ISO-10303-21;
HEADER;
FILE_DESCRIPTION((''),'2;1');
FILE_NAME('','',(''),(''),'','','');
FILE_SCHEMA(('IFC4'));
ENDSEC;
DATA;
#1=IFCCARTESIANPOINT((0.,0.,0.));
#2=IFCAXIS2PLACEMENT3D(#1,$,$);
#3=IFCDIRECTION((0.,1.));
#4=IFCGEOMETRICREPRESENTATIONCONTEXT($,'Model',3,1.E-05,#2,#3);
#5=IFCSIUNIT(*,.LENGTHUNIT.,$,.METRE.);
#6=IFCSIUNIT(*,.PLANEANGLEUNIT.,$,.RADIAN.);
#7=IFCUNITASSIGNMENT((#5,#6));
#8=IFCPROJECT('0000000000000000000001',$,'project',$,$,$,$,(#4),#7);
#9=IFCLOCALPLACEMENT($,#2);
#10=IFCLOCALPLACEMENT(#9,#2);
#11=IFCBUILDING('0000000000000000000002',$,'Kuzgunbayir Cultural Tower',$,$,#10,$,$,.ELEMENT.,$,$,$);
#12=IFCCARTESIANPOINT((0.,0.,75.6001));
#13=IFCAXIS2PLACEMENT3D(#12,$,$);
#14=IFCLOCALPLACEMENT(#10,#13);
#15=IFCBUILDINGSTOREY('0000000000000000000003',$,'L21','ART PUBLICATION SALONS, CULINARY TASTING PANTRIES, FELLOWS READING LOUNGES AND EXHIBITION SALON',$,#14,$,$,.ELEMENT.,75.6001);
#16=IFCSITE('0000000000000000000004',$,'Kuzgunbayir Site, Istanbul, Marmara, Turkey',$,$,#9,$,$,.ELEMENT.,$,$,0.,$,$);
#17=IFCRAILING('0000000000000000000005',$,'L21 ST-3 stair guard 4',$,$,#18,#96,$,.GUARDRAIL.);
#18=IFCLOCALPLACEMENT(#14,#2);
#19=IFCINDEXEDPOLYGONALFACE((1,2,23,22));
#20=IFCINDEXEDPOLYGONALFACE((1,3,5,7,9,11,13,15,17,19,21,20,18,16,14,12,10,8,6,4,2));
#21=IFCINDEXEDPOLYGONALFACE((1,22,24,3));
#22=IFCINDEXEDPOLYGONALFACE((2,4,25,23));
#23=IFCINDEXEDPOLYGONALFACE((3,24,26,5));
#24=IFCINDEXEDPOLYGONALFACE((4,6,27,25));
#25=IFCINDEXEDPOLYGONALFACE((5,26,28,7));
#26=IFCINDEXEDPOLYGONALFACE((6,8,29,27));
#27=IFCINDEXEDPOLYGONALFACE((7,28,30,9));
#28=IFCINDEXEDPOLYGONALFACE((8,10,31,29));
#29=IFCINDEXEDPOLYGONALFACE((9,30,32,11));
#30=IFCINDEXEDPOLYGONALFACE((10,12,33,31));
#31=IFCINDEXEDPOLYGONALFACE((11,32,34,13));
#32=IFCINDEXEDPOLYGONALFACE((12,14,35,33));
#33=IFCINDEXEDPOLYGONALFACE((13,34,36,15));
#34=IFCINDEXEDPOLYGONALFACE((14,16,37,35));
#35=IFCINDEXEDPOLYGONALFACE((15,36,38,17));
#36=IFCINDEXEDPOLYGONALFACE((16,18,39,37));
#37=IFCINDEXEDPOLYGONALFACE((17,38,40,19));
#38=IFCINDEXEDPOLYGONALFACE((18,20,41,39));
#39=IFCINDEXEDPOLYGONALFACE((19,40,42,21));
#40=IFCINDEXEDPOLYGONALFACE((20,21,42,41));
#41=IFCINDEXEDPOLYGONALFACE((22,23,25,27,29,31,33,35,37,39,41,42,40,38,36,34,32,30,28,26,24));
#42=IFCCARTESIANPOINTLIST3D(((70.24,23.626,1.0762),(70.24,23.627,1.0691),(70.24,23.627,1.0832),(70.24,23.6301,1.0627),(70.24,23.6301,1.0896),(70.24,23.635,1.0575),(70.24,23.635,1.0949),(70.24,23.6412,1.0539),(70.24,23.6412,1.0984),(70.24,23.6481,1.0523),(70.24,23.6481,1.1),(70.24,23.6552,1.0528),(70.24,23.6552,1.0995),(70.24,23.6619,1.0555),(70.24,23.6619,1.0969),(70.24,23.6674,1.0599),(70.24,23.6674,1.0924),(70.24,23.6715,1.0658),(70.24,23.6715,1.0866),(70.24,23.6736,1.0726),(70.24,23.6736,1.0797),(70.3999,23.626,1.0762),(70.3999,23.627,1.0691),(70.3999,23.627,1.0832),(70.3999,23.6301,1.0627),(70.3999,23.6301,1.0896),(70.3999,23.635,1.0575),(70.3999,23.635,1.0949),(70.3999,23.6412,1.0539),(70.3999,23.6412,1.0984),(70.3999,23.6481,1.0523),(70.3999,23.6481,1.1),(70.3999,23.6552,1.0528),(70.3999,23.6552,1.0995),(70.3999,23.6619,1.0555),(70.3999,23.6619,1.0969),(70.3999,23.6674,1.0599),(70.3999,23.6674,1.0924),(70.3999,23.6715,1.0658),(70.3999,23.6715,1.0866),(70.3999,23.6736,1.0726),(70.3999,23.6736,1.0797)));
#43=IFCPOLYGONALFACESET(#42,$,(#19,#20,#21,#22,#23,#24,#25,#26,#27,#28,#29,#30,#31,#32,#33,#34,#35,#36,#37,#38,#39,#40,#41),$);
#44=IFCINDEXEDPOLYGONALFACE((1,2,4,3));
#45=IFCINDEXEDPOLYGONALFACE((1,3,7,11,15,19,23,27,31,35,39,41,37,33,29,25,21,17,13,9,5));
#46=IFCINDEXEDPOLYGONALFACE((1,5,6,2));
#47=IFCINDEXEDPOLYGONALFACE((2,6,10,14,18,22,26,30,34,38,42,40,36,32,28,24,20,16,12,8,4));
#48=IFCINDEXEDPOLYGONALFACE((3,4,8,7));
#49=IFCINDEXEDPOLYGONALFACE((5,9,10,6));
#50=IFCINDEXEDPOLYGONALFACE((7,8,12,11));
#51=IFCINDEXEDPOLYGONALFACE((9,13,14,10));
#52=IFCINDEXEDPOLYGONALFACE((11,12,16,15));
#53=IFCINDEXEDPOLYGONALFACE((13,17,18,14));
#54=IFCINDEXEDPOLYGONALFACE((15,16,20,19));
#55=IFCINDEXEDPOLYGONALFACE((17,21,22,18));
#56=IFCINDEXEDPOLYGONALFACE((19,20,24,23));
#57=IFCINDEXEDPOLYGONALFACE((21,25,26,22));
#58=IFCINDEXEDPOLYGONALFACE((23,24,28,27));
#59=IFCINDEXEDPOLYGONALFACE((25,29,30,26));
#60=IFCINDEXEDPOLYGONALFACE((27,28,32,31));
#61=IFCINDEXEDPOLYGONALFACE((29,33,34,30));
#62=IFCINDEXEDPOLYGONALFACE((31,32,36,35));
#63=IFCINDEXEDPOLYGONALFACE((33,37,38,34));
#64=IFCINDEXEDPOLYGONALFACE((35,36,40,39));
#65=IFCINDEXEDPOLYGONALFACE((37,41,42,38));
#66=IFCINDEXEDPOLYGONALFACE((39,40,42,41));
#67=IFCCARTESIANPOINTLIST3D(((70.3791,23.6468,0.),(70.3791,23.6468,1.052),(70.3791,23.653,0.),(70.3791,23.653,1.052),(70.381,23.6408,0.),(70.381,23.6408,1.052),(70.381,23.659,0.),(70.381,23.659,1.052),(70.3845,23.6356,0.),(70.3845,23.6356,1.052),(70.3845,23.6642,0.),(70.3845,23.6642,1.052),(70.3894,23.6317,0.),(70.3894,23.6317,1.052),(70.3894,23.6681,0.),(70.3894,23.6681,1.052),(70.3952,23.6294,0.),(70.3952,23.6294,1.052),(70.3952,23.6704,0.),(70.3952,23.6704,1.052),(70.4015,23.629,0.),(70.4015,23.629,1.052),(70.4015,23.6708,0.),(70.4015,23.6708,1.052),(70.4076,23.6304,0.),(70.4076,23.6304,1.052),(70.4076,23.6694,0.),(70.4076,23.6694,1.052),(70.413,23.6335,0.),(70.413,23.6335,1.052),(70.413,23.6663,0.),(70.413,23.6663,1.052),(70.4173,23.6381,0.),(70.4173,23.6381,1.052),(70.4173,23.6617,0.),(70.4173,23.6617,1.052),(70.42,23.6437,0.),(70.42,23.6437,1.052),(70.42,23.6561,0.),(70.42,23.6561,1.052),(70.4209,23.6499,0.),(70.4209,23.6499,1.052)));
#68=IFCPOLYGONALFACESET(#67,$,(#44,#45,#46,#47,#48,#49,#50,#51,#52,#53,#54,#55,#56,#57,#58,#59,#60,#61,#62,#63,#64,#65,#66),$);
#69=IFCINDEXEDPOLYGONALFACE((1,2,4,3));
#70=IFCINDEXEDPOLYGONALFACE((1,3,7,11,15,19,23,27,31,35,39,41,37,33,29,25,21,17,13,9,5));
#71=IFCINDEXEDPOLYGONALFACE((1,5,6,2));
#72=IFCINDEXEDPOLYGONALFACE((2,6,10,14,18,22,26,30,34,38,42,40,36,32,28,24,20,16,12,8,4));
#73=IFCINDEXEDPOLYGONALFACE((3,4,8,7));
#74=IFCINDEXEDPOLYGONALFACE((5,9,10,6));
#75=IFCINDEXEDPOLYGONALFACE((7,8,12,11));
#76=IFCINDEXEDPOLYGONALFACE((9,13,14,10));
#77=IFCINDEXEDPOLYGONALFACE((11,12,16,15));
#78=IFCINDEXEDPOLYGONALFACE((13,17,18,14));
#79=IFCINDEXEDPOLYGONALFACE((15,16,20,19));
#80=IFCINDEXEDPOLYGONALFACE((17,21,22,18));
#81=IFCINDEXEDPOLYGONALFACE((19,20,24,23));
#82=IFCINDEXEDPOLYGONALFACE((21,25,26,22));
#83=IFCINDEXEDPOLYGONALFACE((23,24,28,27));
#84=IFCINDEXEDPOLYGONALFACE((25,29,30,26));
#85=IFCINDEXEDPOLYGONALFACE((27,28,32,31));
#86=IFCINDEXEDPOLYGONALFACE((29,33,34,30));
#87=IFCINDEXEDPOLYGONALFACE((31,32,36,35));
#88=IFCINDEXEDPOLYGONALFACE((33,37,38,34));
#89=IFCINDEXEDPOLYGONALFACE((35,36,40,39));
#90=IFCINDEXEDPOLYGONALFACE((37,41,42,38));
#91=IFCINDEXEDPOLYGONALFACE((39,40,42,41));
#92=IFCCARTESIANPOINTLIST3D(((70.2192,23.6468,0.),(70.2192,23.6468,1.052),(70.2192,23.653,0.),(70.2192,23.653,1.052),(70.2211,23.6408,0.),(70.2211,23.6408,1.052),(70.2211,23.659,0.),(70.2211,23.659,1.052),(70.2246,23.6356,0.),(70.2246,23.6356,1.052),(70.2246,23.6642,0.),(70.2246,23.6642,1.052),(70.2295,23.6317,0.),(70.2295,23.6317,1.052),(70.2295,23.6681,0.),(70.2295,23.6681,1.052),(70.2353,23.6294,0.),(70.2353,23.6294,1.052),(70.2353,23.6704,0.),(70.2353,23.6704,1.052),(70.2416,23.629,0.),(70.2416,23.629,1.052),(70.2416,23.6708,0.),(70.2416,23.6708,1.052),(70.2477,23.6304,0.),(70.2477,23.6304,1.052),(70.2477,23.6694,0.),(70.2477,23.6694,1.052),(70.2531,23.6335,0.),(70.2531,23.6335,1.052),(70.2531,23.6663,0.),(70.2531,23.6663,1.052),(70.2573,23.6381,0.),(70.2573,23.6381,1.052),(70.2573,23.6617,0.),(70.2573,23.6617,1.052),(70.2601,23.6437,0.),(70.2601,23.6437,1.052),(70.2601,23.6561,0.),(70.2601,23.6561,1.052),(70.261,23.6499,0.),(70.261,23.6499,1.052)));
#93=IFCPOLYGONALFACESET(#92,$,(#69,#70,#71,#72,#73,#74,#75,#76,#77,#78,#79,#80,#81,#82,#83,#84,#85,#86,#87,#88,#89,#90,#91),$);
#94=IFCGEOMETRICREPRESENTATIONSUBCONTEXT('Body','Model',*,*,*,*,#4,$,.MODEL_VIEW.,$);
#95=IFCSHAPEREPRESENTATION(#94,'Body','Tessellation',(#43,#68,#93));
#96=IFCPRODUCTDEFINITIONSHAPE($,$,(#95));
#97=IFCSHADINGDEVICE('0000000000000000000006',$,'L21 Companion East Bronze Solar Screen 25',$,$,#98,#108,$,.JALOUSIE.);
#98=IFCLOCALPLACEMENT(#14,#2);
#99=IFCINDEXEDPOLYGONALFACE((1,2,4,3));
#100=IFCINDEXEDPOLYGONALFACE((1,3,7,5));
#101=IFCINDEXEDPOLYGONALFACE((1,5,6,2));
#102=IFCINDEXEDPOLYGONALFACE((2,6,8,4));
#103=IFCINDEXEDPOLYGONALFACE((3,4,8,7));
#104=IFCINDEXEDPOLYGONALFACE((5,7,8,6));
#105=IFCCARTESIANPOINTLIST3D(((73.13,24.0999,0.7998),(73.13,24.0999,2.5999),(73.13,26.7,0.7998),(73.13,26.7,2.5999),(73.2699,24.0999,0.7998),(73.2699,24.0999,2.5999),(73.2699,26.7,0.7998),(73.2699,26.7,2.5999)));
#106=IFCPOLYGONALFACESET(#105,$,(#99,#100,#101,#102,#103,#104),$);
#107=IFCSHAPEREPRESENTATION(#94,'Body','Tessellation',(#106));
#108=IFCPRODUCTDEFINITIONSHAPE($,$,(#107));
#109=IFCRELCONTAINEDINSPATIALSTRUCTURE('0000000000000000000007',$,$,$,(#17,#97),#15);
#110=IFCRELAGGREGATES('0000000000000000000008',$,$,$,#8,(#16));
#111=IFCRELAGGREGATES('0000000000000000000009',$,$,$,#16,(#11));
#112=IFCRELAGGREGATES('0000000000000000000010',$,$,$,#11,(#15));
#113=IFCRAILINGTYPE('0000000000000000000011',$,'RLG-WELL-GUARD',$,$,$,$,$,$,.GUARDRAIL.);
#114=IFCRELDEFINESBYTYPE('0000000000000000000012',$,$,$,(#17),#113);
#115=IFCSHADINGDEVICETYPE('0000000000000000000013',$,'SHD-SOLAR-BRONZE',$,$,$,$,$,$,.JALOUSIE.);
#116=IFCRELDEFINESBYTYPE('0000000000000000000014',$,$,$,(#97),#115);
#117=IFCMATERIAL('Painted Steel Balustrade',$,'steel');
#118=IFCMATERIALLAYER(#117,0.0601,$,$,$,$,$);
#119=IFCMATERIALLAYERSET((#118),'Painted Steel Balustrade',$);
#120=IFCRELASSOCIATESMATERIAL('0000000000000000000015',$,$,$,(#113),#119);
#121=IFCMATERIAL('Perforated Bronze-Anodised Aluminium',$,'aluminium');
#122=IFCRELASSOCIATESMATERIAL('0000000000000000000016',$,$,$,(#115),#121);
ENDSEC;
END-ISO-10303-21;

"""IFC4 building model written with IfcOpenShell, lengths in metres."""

from ifc_helpers import new_model, si_unit, direction, frame, origin, origin_2d, place, context, subcontext, project, spatial, rectangle, circle, extrude, material, layer, layer_set, type_object, element, save


model = new_model("IFC4")

# Units and contexts
model_context = context("Model", 3, precision=1e-05, world=origin(), true_north=direction((0.0, 1.0)))
body_context = subcontext(model_context, "Body", "Model", "MODEL_VIEW")
ifc_project = project(units=[si_unit("LENGTHUNIT", "METRE"), si_unit("PLANEANGLEUNIT", "RADIAN")], contexts=[model_context])

# Site, building, storey
site_placement = place(None, origin())
site = spatial("IfcSite", under=ifc_project, at=site_placement, Name="Kuzgunbayir Site, Istanbul, Marmara, Turkey", CompositionType="ELEMENT", RefElevation=0.0)
building_placement = place(site_placement, origin())
building = spatial("IfcBuilding", under=site, at=building_placement, Name="Kuzgunbayir Cultural Tower", CompositionType="ELEMENT")
storey_placement = place(building_placement, frame((0.0, 0.0, 75.6001)))
storey = spatial("IfcBuildingStorey", under=building, at=storey_placement, Name="L21", Description="ART PUBLICATION SALONS, CULINARY TASTING PANTRIES, FELLOWS READING LOUNGES AND EXHIBITION SALON", CompositionType="ELEMENT", Elevation=75.6001)

# Railing
ifc_material_1 = material(Name="Painted Steel Balustrade", Category="steel")
ifc_layer_1 = layer(ifc_material_1, 0.0601)
ifc_layer_set_1 = layer_set([ifc_layer_1], Name="Painted Steel Balustrade")
railing_type_1 = type_object("IfcRailingType", Name="RLG-WELL-GUARD", PredefinedType="GUARDRAIL", material=ifc_layer_set_1)
railing_1_placement = place(storey_placement, frame((70.3999, 23.6499, 0.0)))
element("IfcRailing", 1, at=railing_1_placement, inside=storey, type_object=railing_type_1, Name="L21 ST-3 stair guard 4", PredefinedType="GUARDRAIL", context=body_context, shape_type="SweptSolid", body=[
    extrude(circle(Radius=0.0239, at=origin_2d()), frame((0.0, 0.0, 1.0762), z_axis=(-1.0, 0.0, 0.0), x_axis=(0.0, -1.0, 0.0)), (0.0, 0.0, 1.0), 0.1599),
    extrude(circle(Radius=0.021, at=origin_2d()), origin(), (0.0, 0.0, 1.0), 1.052),
    extrude(circle(Radius=0.021, at=origin_2d()), frame((-0.1599, 0.0, 0.0)), (0.0, 0.0, 1.0), 1.052),
])

# Shading device
ifc_material_2 = material(Name="Perforated Bronze-Anodised Aluminium", Category="aluminium")
shading_device_type = type_object("IfcShadingDeviceType", Name="SHD-SOLAR-BRONZE", PredefinedType="JALOUSIE", material=ifc_material_2)
shading_device_placement = place(storey_placement, frame((73.2, 25.3999, 0.7998), z_axis=(0.0, 0.0, 1.0), x_axis=(1.0, 0.0, 0.0)))
element("IfcShadingDevice", 2, at=shading_device_placement, inside=storey, type_object=shading_device_type, Name="L21 Companion East Bronze Solar Screen 25", PredefinedType="JALOUSIE", context=body_context, shape_type="SweptSolid", body=[
    extrude(rectangle(XDim=0.1399, YDim=2.6001, at=origin_2d()), origin(), (0.0, 0.0, 1.0), 1.8),
])

save(model, "model.ifc")
